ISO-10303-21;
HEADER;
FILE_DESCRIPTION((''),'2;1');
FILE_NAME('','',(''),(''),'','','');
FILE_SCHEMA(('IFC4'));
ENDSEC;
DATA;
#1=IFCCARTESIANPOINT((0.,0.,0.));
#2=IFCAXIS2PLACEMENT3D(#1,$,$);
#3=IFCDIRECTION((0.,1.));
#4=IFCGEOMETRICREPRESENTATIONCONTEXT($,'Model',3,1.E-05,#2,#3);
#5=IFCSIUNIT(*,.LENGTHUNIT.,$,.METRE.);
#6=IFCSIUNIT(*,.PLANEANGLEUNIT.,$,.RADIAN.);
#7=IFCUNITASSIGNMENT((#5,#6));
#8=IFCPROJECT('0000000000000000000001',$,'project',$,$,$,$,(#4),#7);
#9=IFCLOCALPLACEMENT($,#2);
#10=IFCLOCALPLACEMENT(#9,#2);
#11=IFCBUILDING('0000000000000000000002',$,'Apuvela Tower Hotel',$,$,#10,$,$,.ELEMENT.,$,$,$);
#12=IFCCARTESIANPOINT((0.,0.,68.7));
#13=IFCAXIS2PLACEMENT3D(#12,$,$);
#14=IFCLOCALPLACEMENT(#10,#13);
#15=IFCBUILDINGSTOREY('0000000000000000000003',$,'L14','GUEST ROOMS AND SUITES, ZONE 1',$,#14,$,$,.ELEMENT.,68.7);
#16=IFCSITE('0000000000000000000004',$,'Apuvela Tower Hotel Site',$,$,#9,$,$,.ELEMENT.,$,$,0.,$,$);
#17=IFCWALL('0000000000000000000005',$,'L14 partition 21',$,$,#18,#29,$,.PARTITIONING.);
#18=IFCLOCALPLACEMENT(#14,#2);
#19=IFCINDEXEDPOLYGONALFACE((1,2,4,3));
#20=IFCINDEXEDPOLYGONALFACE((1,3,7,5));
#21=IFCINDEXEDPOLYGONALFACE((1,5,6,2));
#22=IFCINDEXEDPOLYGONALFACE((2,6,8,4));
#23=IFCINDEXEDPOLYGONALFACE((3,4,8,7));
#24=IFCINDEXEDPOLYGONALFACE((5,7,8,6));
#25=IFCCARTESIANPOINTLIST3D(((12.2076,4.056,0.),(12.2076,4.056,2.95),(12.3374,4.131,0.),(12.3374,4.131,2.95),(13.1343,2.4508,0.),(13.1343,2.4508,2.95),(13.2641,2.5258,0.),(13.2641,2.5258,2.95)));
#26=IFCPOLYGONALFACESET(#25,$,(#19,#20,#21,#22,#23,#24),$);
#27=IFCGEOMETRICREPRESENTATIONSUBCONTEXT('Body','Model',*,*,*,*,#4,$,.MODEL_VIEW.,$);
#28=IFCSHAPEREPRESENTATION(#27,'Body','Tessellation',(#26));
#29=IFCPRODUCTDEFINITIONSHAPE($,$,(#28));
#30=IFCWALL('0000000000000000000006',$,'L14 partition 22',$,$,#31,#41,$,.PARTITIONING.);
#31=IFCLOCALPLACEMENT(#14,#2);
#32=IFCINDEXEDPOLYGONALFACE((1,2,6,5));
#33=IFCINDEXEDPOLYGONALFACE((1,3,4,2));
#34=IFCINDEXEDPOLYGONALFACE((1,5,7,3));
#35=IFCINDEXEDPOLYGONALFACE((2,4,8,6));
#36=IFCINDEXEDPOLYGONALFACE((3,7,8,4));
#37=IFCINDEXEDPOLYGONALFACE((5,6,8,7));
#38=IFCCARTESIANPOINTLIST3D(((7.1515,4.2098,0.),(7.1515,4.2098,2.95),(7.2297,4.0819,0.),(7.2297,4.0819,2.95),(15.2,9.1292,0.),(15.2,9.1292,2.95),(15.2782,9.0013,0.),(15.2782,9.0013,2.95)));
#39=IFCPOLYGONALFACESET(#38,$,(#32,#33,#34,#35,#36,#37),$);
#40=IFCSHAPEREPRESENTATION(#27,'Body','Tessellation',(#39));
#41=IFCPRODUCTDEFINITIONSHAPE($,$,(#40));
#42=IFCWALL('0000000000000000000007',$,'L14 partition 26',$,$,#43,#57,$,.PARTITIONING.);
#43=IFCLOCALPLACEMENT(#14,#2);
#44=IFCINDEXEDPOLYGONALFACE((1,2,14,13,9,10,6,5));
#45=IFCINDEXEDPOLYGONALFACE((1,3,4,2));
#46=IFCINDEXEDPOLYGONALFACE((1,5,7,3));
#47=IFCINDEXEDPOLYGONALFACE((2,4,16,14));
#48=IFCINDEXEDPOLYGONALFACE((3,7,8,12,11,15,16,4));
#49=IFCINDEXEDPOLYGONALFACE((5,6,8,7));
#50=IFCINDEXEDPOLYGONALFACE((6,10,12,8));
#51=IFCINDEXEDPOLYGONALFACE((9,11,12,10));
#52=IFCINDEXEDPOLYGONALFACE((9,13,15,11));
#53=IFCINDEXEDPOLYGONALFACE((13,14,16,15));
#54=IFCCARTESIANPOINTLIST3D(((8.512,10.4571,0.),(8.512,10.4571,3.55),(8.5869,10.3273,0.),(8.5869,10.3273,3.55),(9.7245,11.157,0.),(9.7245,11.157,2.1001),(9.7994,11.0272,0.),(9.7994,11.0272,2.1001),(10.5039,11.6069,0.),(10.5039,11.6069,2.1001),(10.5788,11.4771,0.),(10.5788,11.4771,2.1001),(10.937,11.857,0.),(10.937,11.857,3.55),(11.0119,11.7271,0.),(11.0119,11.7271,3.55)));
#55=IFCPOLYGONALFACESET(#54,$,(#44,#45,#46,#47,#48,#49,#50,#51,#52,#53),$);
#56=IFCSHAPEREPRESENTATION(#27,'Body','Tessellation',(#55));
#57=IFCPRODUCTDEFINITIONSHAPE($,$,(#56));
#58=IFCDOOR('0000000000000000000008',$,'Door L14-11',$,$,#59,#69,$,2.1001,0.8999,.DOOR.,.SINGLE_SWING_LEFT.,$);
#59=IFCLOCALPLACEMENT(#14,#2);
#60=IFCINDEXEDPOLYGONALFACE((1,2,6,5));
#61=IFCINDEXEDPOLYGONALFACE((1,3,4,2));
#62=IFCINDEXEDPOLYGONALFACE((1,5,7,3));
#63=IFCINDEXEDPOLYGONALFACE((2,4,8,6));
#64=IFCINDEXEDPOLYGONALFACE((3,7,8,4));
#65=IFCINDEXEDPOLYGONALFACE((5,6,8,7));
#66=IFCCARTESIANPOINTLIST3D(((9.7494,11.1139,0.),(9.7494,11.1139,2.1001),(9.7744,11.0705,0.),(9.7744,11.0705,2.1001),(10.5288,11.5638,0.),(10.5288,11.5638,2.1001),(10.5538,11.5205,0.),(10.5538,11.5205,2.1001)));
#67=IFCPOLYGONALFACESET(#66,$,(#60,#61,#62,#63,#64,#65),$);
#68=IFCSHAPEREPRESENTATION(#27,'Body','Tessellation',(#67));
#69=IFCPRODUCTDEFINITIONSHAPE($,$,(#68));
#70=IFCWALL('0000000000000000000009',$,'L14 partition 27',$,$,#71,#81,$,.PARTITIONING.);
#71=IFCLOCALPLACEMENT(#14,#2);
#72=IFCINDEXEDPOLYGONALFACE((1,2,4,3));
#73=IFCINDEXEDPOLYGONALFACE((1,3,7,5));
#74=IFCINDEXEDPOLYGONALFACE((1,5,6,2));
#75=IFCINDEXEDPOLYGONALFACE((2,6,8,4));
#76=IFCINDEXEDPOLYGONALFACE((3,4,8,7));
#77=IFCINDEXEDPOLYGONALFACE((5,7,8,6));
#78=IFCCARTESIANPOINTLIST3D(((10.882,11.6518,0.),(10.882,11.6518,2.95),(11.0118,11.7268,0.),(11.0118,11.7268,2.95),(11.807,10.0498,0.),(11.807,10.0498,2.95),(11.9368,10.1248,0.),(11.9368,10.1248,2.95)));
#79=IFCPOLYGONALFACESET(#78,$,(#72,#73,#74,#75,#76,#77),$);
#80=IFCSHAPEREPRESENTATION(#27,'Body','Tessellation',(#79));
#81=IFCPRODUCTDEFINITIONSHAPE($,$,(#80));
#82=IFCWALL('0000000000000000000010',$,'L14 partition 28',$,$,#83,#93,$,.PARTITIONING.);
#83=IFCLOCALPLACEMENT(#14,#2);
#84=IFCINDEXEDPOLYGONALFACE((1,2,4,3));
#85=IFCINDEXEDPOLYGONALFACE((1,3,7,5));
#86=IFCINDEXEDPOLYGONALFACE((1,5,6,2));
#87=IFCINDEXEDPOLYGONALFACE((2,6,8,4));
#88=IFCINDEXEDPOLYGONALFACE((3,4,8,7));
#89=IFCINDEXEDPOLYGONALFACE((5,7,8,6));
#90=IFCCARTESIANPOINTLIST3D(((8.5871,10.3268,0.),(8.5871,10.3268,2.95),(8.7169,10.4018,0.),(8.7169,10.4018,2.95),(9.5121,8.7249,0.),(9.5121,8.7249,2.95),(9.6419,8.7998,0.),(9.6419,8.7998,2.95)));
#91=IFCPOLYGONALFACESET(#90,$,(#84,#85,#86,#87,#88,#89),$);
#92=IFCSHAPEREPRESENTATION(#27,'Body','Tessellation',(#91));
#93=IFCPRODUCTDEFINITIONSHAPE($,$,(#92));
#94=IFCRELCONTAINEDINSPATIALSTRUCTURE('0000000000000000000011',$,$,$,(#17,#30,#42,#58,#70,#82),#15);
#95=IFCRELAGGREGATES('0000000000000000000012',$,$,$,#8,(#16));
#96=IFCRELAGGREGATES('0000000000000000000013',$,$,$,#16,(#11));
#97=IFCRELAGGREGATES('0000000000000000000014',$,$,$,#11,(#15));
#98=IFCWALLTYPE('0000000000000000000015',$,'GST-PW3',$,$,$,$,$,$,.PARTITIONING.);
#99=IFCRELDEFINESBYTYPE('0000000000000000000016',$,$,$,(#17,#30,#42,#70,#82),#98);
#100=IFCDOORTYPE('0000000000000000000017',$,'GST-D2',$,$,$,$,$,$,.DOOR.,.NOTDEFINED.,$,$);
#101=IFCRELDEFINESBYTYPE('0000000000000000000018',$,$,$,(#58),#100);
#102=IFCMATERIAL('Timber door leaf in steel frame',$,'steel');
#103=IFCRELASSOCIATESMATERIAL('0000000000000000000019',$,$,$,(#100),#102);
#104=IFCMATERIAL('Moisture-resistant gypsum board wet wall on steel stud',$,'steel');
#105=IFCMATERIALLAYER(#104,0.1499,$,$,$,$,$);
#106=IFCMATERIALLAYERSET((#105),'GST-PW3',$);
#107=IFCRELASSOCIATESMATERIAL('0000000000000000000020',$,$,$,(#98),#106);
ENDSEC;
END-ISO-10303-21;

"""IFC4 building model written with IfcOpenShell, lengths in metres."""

from ifc_helpers import new_model, si_unit, direction, frame, frame_2d, origin, place, context, subcontext, project, spatial, rectangle, extrude, material, layer, layer_set, type_object, element, fill, save


model = new_model("IFC4")

# Units and contexts
model_context = context("Model", 3, precision=1e-05, world=origin(), true_north=direction((0.0, 1.0)))
body_context = subcontext(model_context, "Body", "Model", "MODEL_VIEW")
ifc_project = project(units=[si_unit("LENGTHUNIT", "METRE"), si_unit("PLANEANGLEUNIT", "RADIAN")], contexts=[model_context])

# Site, building, storey
site_placement = place(None, origin())
site = spatial("IfcSite", under=ifc_project, at=site_placement, Name="Apuvela Tower Hotel Site", CompositionType="ELEMENT", RefElevation=0.0)
building_placement = place(site_placement, origin())
building = spatial("IfcBuilding", under=site, at=building_placement, Name="Apuvela Tower Hotel", CompositionType="ELEMENT")
storey_placement = place(building_placement, frame((0.0, 0.0, 68.7)))
storey = spatial("IfcBuildingStorey", under=building, at=storey_placement, Name="L14", Description="GUEST ROOMS AND SUITES, ZONE 1", CompositionType="ELEMENT", Elevation=68.7)

# Shared definitions
ifc_material_1 = material(Name="Timber door leaf in steel frame", Category="steel")
door_type_1 = type_object("IfcDoorType", Name="GST-D2", OperationType="NOTDEFINED", PredefinedType="DOOR", material=ifc_material_1)
ifc_material_2 = material(Name="Moisture-resistant gypsum board wet wall on steel stud", Category="steel")
ifc_layer_1 = layer(ifc_material_2, 0.1499)
ifc_layer_set_1 = layer_set([ifc_layer_1], Name="GST-PW3")
wall_type_1 = type_object("IfcWallType", Name="GST-PW3", PredefinedType="PARTITIONING", material=ifc_layer_set_1)

# Walls
wall_1_placement = place(storey_placement, frame((13.1992, 2.4883, 0.0), z_axis=(0.0, 0.0, 1.0), x_axis=(-0.499992, 0.86603, 0.0)))
element("IfcWall", 1, at=wall_1_placement, inside=storey, type_object=wall_type_1, Name="L14 partition 21", PredefinedType="PARTITIONING", context=body_context, shape_type="SweptSolid", body=[
    extrude(rectangle(XDim=1.8535, YDim=0.1499, at=frame_2d((0.9268, 0.0))), origin(), (0.0, 0.0, 1.0), 2.95),
])
wall_2_placement = place(storey_placement, frame((15.239, 9.0652, 0.0), z_axis=(0.0, 0.0, 1.0), x_axis=(-0.853242, -0.521516, 0.0)))
element("IfcWall", 2, at=wall_2_placement, inside=storey, type_object=wall_type_1, Name="L14 partition 22", PredefinedType="PARTITIONING", context=body_context, shape_type="SweptSolid", body=[
    extrude(rectangle(XDim=9.4329, YDim=0.1499, at=frame_2d((4.7163, 0.0))), origin(), (0.0, 0.0, 1.0), 2.95),
])

# Wall, opening, door
wall_3_placement = place(storey_placement, frame((10.9744, 11.792, 0.0), z_axis=(0.0, 0.0, 1.0), x_axis=(-0.866056, -0.499946, 0.0)))
wall_3 = element("IfcWall", 3, at=wall_3_placement, inside=storey, type_object=wall_type_1, Name="L14 partition 26", PredefinedType="PARTITIONING", context=body_context, shape_type="SweptSolid", body=[
    extrude(rectangle(XDim=2.8, YDim=0.1499, at=frame_2d((1.3999, 0.0))), origin(), (0.0, 0.0, 1.0), 3.55),
])
opening_1_placement = place(wall_3_placement, frame((0.5, 0.0, 0.0)))
opening_1 = element("IfcOpeningElement", 4, at=opening_1_placement, cuts=wall_3, PredefinedType="OPENING", context=body_context, shape_type="SweptSolid", body=[
    extrude(rectangle(XDim=0.8999, YDim=2.1001, at=frame_2d((0.45, 1.05))), frame((0.0, 0.085, 0.0), z_axis=(0.0, -1.0, 0.0), x_axis=(1.0, 0.0, 0.0)), (0.0, 0.0, 1.0), 0.1699),
])
door_1_placement = place(opening_1_placement, origin())
door_1 = element("IfcDoor", 5, at=door_1_placement, inside=storey, type_object=door_type_1, Name="Door L14-11", OperationType="SINGLE_SWING_LEFT", OverallHeight=2.1001, OverallWidth=0.8999, PredefinedType="DOOR", context=body_context, shape_type="SweptSolid", body=[
    extrude(rectangle(XDim=0.8999, YDim=2.1001, at=frame_2d((0.45, 1.05))), frame((0.0, 0.0249, 0.0), z_axis=(0.0, -1.0, 0.0), x_axis=(1.0, 0.0, 0.0)), (0.0, 0.0, 1.0), 0.05),
])
fill(opening_1, door_1)

# Walls
for number, where, z_axis, x_axis, name in (
    (6, (11.8718, 10.0874, 0.0), (0.0, 0.0, 1.0), (-0.500042, 0.866001, 0.0), "L14 partition 27"),
    (7, (9.5769, 8.7625, 0.0), (0.0, 0.0, 1.0), (-0.500042, 0.866001, 0.0), "L14 partition 28"),
):
    element("IfcWall", number, at=place(storey_placement, frame(where, z_axis=z_axis, x_axis=x_axis)), inside=storey, type_object=wall_type_1, Name=name, PredefinedType="PARTITIONING", context=body_context, shape_type="SweptSolid", body=[
        extrude(rectangle(XDim=1.8499, YDim=0.1499, at=frame_2d((0.9248, 0.0))), origin(), (0.0, 0.0, 1.0), 2.95),
    ])

save(model, "model.ifc")
